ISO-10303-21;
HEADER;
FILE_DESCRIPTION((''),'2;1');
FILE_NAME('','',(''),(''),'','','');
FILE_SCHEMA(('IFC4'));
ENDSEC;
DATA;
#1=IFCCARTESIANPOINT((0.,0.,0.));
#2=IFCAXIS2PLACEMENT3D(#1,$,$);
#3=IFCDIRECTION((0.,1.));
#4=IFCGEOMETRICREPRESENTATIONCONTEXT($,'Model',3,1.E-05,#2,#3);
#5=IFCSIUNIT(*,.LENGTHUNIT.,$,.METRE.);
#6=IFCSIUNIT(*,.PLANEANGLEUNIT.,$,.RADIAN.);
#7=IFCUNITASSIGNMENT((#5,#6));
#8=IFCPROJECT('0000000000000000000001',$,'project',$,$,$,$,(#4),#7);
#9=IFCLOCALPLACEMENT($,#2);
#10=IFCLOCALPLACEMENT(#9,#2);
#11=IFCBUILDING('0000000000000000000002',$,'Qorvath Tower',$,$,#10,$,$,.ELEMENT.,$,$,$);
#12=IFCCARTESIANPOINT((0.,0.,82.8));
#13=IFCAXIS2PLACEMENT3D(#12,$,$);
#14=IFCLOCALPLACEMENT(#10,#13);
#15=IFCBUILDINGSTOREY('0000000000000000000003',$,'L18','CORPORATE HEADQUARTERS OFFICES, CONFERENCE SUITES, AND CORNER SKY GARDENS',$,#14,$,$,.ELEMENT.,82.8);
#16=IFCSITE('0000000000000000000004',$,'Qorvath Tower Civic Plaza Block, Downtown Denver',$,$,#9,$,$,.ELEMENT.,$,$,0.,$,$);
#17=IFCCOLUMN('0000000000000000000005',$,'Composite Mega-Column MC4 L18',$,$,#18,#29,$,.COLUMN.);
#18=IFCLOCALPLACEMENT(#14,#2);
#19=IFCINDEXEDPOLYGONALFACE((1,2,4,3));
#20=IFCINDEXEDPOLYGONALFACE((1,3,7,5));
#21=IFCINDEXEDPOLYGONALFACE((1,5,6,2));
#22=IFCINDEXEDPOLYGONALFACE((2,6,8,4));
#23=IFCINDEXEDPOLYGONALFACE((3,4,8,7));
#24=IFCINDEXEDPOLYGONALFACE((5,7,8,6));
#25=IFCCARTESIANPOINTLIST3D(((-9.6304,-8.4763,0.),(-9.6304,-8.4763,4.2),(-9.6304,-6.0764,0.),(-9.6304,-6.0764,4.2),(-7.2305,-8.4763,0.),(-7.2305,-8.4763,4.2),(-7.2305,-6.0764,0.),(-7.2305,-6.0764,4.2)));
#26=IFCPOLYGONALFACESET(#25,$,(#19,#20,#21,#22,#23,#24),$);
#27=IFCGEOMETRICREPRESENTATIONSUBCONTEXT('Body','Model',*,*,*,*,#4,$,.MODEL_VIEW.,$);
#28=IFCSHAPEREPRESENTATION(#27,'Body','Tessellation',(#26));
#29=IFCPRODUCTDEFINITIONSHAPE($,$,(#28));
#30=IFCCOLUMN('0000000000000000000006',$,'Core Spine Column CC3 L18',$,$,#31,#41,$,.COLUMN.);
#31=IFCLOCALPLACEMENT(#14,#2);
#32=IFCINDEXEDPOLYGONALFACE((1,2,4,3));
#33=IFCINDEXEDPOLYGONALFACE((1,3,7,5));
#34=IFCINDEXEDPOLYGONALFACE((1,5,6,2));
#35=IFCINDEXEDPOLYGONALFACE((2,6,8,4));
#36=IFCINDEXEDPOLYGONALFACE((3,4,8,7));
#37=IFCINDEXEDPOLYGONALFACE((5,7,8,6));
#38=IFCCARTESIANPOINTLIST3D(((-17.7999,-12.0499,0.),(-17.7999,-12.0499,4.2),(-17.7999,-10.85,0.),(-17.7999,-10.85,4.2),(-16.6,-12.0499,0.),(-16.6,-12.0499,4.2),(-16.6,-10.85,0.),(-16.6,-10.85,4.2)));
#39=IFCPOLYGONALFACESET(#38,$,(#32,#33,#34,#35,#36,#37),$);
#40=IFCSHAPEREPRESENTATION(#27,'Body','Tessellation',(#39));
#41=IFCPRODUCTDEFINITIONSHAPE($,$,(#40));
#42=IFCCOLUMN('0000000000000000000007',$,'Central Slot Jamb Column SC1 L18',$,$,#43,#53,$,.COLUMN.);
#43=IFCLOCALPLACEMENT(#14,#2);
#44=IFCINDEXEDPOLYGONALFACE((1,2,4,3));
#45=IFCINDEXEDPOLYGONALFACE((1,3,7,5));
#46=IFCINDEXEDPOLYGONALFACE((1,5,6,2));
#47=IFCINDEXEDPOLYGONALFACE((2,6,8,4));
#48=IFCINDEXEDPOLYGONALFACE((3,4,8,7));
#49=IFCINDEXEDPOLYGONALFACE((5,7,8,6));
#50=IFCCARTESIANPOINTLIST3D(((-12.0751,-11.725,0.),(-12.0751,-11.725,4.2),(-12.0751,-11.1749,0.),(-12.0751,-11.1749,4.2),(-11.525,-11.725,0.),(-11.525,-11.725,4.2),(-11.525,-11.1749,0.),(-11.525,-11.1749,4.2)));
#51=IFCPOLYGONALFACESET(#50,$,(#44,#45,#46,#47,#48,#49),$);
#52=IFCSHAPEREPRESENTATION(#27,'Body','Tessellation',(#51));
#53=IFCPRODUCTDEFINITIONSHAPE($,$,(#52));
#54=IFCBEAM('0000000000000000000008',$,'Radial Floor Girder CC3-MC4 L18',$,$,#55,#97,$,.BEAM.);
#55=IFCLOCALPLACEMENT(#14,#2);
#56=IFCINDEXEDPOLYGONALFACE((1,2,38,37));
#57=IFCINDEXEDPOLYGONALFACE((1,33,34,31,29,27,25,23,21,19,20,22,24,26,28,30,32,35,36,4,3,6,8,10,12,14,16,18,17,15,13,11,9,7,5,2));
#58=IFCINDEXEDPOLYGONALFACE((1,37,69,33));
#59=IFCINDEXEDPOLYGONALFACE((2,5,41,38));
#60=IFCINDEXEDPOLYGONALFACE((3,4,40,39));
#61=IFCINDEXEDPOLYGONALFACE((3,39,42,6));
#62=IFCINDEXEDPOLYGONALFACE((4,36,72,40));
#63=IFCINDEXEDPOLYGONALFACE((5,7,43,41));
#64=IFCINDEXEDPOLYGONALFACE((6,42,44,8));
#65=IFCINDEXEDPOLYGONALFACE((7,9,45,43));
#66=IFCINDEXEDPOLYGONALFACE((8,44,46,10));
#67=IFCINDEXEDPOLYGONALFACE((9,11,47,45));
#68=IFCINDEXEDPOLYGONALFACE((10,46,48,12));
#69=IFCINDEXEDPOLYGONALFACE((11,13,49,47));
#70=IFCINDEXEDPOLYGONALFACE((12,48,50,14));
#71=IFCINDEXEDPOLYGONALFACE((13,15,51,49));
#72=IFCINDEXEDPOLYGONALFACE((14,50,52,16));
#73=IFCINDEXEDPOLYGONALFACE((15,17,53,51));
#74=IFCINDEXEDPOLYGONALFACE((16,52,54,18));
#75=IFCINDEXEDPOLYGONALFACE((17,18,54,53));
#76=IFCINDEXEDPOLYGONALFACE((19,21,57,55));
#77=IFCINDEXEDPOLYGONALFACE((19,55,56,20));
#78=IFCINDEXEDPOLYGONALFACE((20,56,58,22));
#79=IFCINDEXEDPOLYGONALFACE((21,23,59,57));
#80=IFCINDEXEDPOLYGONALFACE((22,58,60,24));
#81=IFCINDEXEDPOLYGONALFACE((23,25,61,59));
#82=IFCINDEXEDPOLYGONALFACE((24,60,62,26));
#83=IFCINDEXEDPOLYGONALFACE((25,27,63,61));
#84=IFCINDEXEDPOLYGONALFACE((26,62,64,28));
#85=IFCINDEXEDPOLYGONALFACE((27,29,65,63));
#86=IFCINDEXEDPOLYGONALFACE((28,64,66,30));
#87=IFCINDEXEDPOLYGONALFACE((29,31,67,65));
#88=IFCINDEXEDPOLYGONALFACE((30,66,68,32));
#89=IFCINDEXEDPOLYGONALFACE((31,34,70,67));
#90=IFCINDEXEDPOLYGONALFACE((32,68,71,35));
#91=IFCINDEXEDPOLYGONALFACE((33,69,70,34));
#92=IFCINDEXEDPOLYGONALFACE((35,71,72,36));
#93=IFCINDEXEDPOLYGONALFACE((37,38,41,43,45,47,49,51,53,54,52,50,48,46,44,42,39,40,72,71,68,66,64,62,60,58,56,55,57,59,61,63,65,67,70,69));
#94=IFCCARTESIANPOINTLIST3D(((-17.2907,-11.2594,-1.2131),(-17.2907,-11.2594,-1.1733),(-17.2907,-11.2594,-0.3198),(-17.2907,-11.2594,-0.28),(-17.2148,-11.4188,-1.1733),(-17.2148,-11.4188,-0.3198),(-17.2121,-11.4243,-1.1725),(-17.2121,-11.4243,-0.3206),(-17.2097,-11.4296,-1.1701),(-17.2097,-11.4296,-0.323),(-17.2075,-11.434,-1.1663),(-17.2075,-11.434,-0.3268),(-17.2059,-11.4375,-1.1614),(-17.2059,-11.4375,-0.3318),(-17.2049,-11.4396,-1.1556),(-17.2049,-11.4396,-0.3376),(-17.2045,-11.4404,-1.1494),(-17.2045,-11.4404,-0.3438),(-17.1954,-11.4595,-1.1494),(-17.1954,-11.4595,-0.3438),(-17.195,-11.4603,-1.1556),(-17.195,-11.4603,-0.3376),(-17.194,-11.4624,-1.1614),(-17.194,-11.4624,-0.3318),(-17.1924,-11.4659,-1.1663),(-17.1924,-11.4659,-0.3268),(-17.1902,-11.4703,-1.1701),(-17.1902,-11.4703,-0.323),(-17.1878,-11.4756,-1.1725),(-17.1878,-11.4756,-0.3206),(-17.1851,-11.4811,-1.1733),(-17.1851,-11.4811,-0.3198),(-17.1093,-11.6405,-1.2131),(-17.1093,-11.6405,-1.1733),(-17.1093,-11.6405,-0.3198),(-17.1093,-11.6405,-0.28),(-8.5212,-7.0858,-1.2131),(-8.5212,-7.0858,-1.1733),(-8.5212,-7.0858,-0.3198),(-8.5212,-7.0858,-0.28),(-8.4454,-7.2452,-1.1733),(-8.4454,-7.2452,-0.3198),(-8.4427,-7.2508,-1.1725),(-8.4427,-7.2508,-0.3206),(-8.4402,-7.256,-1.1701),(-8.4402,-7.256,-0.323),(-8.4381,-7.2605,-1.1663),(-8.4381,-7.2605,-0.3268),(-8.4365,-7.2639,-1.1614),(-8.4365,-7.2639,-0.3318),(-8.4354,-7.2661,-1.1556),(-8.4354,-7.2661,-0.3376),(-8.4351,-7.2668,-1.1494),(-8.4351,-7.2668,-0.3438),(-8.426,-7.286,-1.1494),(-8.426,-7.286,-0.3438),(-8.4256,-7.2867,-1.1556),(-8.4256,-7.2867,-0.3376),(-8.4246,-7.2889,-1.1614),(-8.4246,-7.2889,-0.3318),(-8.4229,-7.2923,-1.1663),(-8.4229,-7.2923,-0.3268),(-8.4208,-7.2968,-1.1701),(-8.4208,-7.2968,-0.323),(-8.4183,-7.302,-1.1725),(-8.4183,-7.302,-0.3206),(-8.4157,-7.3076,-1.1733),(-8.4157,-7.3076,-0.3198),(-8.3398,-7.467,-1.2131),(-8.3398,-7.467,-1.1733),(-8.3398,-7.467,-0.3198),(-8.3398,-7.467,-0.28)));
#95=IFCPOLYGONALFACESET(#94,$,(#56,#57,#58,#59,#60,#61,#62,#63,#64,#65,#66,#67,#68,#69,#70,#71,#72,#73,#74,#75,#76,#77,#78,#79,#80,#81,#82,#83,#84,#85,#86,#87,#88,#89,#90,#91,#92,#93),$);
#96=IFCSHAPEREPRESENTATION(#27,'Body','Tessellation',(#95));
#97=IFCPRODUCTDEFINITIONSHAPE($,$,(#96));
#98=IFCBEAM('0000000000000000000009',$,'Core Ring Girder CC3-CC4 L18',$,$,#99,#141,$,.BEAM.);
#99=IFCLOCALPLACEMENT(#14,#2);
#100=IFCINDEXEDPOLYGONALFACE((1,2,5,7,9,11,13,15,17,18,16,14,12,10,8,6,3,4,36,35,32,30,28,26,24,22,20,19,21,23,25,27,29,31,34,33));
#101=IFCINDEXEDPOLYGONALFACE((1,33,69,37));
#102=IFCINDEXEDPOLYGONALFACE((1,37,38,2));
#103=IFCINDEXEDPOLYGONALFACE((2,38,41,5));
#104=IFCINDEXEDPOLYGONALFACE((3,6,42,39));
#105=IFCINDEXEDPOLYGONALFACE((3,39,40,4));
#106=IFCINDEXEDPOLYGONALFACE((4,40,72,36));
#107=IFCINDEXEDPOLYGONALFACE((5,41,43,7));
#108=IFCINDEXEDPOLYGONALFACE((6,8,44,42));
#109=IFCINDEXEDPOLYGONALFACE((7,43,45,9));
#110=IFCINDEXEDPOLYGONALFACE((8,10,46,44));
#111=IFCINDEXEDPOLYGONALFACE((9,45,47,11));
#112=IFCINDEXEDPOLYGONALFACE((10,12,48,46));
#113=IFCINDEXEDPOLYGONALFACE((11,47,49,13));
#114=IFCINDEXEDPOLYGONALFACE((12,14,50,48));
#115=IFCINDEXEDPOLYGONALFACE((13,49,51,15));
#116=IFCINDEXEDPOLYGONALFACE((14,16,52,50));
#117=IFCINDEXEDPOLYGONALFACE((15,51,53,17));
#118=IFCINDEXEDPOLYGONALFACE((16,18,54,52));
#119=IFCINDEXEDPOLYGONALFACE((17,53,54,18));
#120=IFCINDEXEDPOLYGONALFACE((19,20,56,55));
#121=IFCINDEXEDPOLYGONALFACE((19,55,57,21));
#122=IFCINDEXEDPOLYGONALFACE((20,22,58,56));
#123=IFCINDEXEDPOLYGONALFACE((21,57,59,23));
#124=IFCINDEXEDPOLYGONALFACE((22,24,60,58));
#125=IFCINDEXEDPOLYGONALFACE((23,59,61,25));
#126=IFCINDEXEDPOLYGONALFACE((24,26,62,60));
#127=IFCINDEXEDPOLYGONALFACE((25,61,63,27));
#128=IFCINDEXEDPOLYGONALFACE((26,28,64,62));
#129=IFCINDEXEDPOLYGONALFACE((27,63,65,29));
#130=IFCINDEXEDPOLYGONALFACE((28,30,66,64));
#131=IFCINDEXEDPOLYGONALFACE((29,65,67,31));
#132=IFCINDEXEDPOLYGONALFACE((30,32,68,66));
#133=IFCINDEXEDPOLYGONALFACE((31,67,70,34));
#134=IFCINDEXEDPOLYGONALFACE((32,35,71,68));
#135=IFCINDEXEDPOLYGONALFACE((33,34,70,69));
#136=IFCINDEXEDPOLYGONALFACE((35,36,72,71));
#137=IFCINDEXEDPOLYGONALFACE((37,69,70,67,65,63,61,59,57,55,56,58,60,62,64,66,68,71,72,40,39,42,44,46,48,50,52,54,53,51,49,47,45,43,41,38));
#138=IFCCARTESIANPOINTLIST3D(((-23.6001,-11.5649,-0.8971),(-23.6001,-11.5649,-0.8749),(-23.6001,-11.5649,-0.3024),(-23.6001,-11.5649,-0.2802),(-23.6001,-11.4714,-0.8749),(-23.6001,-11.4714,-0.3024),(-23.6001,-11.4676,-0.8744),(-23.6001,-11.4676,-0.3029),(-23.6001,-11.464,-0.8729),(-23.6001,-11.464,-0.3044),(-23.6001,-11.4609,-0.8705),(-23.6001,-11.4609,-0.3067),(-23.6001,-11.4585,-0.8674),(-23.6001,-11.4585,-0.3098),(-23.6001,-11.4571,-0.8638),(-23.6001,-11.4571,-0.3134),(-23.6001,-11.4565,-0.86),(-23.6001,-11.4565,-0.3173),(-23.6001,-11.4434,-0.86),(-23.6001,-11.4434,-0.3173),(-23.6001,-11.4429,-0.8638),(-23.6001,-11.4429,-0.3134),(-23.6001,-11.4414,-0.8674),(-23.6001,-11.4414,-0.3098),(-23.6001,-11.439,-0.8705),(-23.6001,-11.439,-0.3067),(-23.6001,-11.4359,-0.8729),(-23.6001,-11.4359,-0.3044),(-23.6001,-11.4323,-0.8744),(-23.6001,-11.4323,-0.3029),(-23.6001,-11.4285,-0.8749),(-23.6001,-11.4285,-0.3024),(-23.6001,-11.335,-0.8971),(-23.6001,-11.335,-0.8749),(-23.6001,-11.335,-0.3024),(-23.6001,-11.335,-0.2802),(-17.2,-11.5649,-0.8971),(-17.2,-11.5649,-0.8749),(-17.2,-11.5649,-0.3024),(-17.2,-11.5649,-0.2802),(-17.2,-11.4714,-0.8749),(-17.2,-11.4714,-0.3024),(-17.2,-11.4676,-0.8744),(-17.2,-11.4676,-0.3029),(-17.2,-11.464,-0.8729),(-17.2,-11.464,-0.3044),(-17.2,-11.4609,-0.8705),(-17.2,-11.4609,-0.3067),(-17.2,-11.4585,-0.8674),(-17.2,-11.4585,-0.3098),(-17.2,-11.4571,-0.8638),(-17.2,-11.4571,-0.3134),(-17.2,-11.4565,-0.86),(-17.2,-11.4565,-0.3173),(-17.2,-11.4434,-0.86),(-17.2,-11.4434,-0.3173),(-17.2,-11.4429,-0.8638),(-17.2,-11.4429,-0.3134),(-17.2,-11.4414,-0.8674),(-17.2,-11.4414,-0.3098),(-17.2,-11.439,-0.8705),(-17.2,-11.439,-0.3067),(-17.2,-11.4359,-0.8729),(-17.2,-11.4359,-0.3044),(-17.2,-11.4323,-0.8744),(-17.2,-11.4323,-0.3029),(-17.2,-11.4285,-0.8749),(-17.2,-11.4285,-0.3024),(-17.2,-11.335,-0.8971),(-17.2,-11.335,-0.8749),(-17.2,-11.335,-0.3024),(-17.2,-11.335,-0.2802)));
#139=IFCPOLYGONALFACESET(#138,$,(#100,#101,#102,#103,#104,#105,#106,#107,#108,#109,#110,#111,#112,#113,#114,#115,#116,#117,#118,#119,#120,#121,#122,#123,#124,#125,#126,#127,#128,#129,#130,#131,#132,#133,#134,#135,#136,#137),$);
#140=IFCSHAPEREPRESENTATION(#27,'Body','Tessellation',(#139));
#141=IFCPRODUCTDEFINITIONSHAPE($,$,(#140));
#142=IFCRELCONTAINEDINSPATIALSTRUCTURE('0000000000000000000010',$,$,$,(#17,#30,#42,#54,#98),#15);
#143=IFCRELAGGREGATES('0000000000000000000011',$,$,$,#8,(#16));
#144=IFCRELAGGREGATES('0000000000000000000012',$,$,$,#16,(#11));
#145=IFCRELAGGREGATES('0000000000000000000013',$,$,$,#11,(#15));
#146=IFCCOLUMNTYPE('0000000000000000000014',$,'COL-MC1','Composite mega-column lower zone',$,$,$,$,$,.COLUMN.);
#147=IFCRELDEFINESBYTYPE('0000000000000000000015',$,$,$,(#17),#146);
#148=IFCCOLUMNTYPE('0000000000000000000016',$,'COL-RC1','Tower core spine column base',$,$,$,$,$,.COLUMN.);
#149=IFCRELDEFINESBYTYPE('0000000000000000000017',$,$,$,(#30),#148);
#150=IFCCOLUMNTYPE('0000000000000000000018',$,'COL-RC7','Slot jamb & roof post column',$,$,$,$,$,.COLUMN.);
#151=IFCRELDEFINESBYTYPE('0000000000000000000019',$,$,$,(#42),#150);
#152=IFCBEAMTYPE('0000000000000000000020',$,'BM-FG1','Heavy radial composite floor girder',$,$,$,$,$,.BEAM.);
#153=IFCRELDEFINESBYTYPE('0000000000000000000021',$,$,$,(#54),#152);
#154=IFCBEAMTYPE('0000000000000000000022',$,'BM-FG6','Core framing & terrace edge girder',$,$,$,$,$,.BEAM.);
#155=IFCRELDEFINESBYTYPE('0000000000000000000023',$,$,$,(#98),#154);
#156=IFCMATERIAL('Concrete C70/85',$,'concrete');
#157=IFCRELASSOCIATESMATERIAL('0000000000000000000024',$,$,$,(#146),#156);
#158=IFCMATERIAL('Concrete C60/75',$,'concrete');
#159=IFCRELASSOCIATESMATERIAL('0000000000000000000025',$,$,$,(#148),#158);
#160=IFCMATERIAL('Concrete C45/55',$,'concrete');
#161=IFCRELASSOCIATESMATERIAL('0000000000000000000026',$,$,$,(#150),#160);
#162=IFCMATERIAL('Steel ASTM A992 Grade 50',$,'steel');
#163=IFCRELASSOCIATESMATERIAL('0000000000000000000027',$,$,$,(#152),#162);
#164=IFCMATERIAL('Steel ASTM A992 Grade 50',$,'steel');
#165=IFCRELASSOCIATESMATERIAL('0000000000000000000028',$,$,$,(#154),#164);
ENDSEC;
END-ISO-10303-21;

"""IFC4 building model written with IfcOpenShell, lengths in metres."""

from ifc_helpers import new_model, si_unit, direction, frame, origin, origin_2d, place, context, subcontext, project, spatial, rectangle, i_section, extrude, material, material_profile, profile_set, type_object, element, save


model = new_model("IFC4")

# Units and contexts
model_context = context("Model", 3, precision=1e-05, world=origin(), true_north=direction((0.0, 1.0)))
body_context = subcontext(model_context, "Body", "Model", "MODEL_VIEW")
ifc_project = project(units=[si_unit("LENGTHUNIT", "METRE"), si_unit("PLANEANGLEUNIT", "RADIAN")], contexts=[model_context])

# Site, building, storey
site_placement = place(None, origin())
site = spatial("IfcSite", under=ifc_project, at=site_placement, Name="Qorvath Tower Civic Plaza Block, Downtown Denver", CompositionType="ELEMENT", RefElevation=0.0)
building_placement = place(site_placement, origin())
building = spatial("IfcBuilding", under=site, at=building_placement, Name="Qorvath Tower", CompositionType="ELEMENT")
storey_placement = place(building_placement, frame((0.0, 0.0, 82.8)))
storey = spatial("IfcBuildingStorey", under=building, at=storey_placement, Name="L18", Description="CORPORATE HEADQUARTERS OFFICES, CONFERENCE SUITES, AND CORNER SKY GARDENS", CompositionType="ELEMENT", Elevation=82.8)

# Columns
ifc_material_1 = material(Name="Concrete C70/85", Category="concrete")
ifc_material_profile_1 = material_profile(ifc_material_1, rectangle(XDim=2.3999, YDim=2.3999, at=origin_2d()), Name="MC 2400x2400")
ifc_profile_set_1 = profile_set([ifc_material_profile_1], Name="Concrete C70/85")
column_type_1 = type_object("IfcColumnType", Name="COL-MC1", Description="Composite mega-column lower zone", PredefinedType="COLUMN", material=ifc_profile_set_1)
column_1_placement = place(storey_placement, frame((-8.4304, -7.2764, 0.0), z_axis=(0.0, 0.0, 1.0), x_axis=(1.0, 0.0, 0.0)))
element("IfcColumn", 1, at=column_1_placement, inside=storey, type_object=column_type_1, Name="Composite Mega-Column MC4 L18", PredefinedType="COLUMN", context=body_context, shape_type="SweptSolid", body=[
    extrude(rectangle(XDim=2.3999, YDim=2.3999, at=origin_2d()), origin(), (0.0, 0.0, 1.0), 4.2),
])
ifc_material_2 = material(Name="Concrete C60/75", Category="concrete")
ifc_material_profile_2 = material_profile(ifc_material_2, rectangle(XDim=1.2, YDim=1.2, at=origin_2d()), Name="RC 1200x1200")
ifc_profile_set_2 = profile_set([ifc_material_profile_2], Name="Concrete C60/75")
column_type_2 = type_object("IfcColumnType", Name="COL-RC1", Description="Tower core spine column base", PredefinedType="COLUMN", material=ifc_profile_set_2)
column_2_placement = place(storey_placement, frame((-17.2, -11.45, 0.0), z_axis=(0.0, 0.0, 1.0), x_axis=(1.0, 0.0, 0.0)))
element("IfcColumn", 2, at=column_2_placement, inside=storey, type_object=column_type_2, Name="Core Spine Column CC3 L18", PredefinedType="COLUMN", context=body_context, shape_type="SweptSolid", body=[
    extrude(rectangle(XDim=1.2, YDim=1.2, at=origin_2d()), origin(), (0.0, 0.0, 1.0), 4.2),
])
ifc_material_3 = material(Name="Concrete C45/55", Category="concrete")
ifc_material_profile_3 = material_profile(ifc_material_3, rectangle(XDim=0.55, YDim=0.55, at=origin_2d()), Name="RC 550x550")
ifc_profile_set_3 = profile_set([ifc_material_profile_3], Name="Concrete C45/55")
column_type_3 = type_object("IfcColumnType", Name="COL-RC7", Description="Slot jamb & roof post column", PredefinedType="COLUMN", material=ifc_profile_set_3)
column_3_placement = place(storey_placement, frame((-11.8, -11.45, 0.0), z_axis=(0.0, 0.0, 1.0), x_axis=(1.0, 0.0, 0.0)))
element("IfcColumn", 3, at=column_3_placement, inside=storey, type_object=column_type_3, Name="Central Slot Jamb Column SC1 L18", PredefinedType="COLUMN", context=body_context, shape_type="SweptSolid", body=[
    extrude(rectangle(XDim=0.55, YDim=0.55, at=origin_2d()), origin(), (0.0, 0.0, 1.0), 4.2),
])

# Beams
ifc_material_4 = material(Name="Steel ASTM A992 Grade 50", Category="steel")
ifc_material_profile_4 = material_profile(ifc_material_4, i_section(OverallWidth=0.4221, OverallDepth=0.9331, WebThickness=0.0212, FlangeThickness=0.0398, FilletRadius=0.0239, at=origin_2d()), Name="W36x262")
ifc_profile_set_4 = profile_set([ifc_material_profile_4], Name="Steel ASTM A992 Grade 50")
beam_type_1 = type_object("IfcBeamType", Name="BM-FG1", Description="Heavy radial composite floor girder", PredefinedType="BEAM", material=ifc_profile_set_4)
beam_1_placement = place(storey_placement, frame((-17.2, -11.45, -0.7466), z_axis=(0.902956, 0.429734, 0.0), x_axis=(-0.429734, 0.902956, 0.0)))
element("IfcBeam", 4, at=beam_1_placement, inside=storey, type_object=beam_type_1, Name="Radial Floor Girder CC3-MC4 L18", PredefinedType="BEAM", context=body_context, shape_type="SweptSolid", body=[
    extrude(i_section(OverallWidth=0.4221, OverallDepth=0.9331, WebThickness=0.0212, FlangeThickness=0.0398, FilletRadius=0.0239, at=origin_2d()), origin(), (0.0, 0.0, 1.0), 9.7119),
])
ifc_material_5 = material(Name="Steel ASTM A992 Grade 50", Category="steel")
ifc_material_profile_5 = material_profile(ifc_material_5, i_section(OverallWidth=0.23, OverallDepth=0.6169, WebThickness=0.0132, FlangeThickness=0.0222, FilletRadius=0.0149, at=origin_2d()), Name="W24x94")
ifc_profile_set_5 = profile_set([ifc_material_profile_5], Name="Steel ASTM A992 Grade 50")
beam_type_2 = type_object("IfcBeamType", Name="BM-FG6", Description="Core framing & terrace edge girder", PredefinedType="BEAM", material=ifc_profile_set_5)
beam_2_placement = place(storey_placement, frame((-17.2, -11.45, -0.5886), z_axis=(-1.0, 0.0, 0.0), x_axis=(0.0, -1.0, 0.0)))
element("IfcBeam", 5, at=beam_2_placement, inside=storey, type_object=beam_type_2, Name="Core Ring Girder CC3-CC4 L18", PredefinedType="BEAM", context=body_context, shape_type="SweptSolid", body=[
    extrude(i_section(OverallWidth=0.23, OverallDepth=0.6169, WebThickness=0.0132, FlangeThickness=0.0222, FilletRadius=0.0149, at=origin_2d()), origin(), (0.0, 0.0, 1.0), 6.4001),
])

save(model, "model.ifc")
